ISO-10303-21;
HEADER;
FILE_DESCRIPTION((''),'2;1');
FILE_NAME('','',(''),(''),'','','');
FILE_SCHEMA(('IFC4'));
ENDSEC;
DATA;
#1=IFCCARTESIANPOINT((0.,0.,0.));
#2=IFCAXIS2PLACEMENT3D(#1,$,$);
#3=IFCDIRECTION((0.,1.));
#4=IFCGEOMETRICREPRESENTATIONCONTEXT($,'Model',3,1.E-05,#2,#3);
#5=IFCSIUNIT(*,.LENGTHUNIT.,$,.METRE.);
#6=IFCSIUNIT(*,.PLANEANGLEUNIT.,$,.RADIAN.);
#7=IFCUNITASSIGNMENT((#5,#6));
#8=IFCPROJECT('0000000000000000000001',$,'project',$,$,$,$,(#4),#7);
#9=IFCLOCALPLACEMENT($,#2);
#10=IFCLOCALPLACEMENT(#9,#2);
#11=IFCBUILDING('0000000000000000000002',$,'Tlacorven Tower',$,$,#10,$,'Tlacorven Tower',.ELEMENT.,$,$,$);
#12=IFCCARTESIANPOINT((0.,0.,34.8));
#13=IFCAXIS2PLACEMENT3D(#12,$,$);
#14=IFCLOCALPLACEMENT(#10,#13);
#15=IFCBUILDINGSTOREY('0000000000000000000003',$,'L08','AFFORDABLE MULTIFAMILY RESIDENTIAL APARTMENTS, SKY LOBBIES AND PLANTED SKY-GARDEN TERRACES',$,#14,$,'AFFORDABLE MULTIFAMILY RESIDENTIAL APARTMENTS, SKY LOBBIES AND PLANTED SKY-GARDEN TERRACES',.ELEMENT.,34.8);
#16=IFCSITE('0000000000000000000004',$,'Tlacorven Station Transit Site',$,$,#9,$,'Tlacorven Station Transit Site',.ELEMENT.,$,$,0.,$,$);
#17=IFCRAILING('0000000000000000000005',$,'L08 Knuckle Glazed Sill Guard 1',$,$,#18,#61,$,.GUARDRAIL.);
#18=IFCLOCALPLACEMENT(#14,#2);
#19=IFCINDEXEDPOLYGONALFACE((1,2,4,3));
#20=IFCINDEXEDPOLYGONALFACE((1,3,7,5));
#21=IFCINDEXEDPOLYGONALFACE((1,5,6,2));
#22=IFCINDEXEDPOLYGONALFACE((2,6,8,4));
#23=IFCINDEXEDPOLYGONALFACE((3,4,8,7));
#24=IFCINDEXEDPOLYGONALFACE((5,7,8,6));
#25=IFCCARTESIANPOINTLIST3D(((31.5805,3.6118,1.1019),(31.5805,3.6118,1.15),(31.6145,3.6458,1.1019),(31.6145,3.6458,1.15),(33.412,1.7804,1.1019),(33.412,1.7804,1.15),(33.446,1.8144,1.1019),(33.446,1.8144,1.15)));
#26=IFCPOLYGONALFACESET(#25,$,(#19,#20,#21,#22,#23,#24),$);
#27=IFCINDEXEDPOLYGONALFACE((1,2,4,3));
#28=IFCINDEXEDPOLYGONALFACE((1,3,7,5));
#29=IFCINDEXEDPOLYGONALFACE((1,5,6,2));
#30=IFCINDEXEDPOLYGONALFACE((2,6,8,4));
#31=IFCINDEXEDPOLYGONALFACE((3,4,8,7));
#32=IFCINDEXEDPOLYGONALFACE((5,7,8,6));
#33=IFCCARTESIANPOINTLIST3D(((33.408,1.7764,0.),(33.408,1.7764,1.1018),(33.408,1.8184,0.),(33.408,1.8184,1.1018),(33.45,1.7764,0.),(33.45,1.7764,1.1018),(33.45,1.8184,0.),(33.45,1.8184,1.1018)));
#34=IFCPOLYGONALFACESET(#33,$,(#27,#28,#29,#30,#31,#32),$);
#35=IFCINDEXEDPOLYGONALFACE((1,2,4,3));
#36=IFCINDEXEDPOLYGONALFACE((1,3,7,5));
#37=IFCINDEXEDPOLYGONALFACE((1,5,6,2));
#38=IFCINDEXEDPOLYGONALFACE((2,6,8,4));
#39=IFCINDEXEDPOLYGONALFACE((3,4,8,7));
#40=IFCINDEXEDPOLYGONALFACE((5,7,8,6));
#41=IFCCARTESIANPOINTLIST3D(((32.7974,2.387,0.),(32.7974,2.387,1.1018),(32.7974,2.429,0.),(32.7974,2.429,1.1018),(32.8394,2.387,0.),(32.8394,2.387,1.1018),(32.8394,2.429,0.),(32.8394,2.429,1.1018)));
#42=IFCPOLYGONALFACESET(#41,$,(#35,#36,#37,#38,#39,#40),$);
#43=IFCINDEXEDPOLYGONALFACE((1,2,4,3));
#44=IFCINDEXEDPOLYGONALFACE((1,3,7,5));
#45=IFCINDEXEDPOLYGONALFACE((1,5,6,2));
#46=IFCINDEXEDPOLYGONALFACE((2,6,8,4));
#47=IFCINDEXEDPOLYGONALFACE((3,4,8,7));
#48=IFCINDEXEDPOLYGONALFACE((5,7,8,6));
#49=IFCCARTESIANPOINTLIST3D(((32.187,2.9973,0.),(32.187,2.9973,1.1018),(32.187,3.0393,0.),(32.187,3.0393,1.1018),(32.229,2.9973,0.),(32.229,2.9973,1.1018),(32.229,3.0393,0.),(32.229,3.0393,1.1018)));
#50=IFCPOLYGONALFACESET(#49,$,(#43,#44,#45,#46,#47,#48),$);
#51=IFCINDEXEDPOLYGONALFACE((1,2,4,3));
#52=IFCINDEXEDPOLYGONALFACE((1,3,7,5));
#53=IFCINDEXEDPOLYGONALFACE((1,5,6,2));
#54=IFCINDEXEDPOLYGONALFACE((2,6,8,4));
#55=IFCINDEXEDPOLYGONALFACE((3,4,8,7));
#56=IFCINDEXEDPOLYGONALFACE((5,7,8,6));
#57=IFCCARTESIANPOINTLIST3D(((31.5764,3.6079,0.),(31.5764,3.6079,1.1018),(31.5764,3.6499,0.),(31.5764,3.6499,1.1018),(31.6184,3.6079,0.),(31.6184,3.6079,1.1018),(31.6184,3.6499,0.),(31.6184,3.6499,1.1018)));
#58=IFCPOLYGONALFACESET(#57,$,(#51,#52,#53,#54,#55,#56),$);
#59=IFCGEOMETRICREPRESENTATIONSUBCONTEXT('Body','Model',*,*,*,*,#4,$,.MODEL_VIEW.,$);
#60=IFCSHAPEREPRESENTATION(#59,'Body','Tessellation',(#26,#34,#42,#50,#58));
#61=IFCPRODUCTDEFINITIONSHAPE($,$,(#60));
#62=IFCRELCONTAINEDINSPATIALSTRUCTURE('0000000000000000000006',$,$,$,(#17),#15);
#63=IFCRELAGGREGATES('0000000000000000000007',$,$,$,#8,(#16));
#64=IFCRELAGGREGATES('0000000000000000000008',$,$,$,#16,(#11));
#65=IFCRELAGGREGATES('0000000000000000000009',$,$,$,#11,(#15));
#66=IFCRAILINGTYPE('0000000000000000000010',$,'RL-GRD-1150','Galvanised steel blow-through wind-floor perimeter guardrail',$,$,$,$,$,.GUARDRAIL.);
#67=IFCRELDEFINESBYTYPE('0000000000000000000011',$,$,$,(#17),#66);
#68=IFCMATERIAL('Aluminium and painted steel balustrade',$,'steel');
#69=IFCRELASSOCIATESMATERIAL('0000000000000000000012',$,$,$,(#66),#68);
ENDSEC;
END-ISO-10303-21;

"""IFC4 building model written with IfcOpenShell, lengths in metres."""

from ifc_helpers import new_model, si_unit, direction, frame, origin, origin_2d, place, context, subcontext, project, spatial, rectangle, extrude, source, transform, mapped, material, type_object, element, save


model = new_model("IFC4")

# Units and contexts
model_context = context("Model", 3, precision=1e-05, world=origin(), true_north=direction((0.0, 1.0)))
body_context = subcontext(model_context, "Body", "Model", "MODEL_VIEW")
ifc_project = project(units=[si_unit("LENGTHUNIT", "METRE"), si_unit("PLANEANGLEUNIT", "RADIAN")], contexts=[model_context])

# Site, building, storey
site_placement = place(None, origin())
site = spatial("IfcSite", under=ifc_project, at=site_placement, Name="Tlacorven Station Transit Site", LongName="Tlacorven Station Transit Site", CompositionType="ELEMENT", RefElevation=0.0)
building_placement = place(site_placement, origin())
building = spatial("IfcBuilding", under=site, at=building_placement, Name="Tlacorven Tower", LongName="Tlacorven Tower", CompositionType="ELEMENT")
storey_placement = place(building_placement, frame((0.0, 0.0, 34.8)))
storey = spatial("IfcBuildingStorey", under=building, at=storey_placement, Name="L08", Description="AFFORDABLE MULTIFAMILY RESIDENTIAL APARTMENTS, SKY LOBBIES AND PLANTED SKY-GARDEN TERRACES", LongName="AFFORDABLE MULTIFAMILY RESIDENTIAL APARTMENTS, SKY LOBBIES AND PLANTED SKY-GARDEN TERRACES", CompositionType="ELEMENT", Elevation=34.8)

# Railing
ifc_material_1 = material(Name="Aluminium and painted steel balustrade", Category="steel")
railing_type = type_object("IfcRailingType", Name="RL-GRD-1150", Description="Galvanised steel blow-through wind-floor perimeter guardrail", PredefinedType="GUARDRAIL", material=ifc_material_1)
shared_shape_1 = source(origin(), body_context, "Body", "SweptSolid", [
    extrude(rectangle(XDim=0.0481, YDim=0.0481, at=origin_2d()), frame((0.0, 0.0, 1.126), z_axis=(-0.707107, 0.707107, 0.0), x_axis=(-0.707107, -0.707107, 0.0)), (0.0, 0.0, 1.0), 2.5901),
    extrude(rectangle(XDim=0.042, YDim=0.042, at=origin_2d()), origin(), (0.0, 0.0, 1.0), 1.1018),
    extrude(rectangle(XDim=0.042, YDim=0.042, at=origin_2d()), frame((-0.6106, 0.6106, 0.0)), (0.0, 0.0, 1.0), 1.1018),
    extrude(rectangle(XDim=0.042, YDim=0.042, at=origin_2d()), frame((-1.2209, 1.2209, 0.0)), (0.0, 0.0, 1.0), 1.1018),
    extrude(rectangle(XDim=0.042, YDim=0.042, at=origin_2d()), frame((-1.8315, 1.8315, 0.0)), (0.0, 0.0, 1.0), 1.1018),
])
railing_placement = place(storey_placement, frame((33.429, 1.7974, 0.0)))
element("IfcRailing", 1, at=railing_placement, inside=storey, type_object=railing_type, Name="L08 Knuckle Glazed Sill Guard 1", PredefinedType="GUARDRAIL", context=body_context, shape_type="MappedRepresentation", body=[
    mapped(shared_shape_1, transform((0.0, 0.0, 0.0), scale=1.0)),
])

save(model, "model.ifc")
